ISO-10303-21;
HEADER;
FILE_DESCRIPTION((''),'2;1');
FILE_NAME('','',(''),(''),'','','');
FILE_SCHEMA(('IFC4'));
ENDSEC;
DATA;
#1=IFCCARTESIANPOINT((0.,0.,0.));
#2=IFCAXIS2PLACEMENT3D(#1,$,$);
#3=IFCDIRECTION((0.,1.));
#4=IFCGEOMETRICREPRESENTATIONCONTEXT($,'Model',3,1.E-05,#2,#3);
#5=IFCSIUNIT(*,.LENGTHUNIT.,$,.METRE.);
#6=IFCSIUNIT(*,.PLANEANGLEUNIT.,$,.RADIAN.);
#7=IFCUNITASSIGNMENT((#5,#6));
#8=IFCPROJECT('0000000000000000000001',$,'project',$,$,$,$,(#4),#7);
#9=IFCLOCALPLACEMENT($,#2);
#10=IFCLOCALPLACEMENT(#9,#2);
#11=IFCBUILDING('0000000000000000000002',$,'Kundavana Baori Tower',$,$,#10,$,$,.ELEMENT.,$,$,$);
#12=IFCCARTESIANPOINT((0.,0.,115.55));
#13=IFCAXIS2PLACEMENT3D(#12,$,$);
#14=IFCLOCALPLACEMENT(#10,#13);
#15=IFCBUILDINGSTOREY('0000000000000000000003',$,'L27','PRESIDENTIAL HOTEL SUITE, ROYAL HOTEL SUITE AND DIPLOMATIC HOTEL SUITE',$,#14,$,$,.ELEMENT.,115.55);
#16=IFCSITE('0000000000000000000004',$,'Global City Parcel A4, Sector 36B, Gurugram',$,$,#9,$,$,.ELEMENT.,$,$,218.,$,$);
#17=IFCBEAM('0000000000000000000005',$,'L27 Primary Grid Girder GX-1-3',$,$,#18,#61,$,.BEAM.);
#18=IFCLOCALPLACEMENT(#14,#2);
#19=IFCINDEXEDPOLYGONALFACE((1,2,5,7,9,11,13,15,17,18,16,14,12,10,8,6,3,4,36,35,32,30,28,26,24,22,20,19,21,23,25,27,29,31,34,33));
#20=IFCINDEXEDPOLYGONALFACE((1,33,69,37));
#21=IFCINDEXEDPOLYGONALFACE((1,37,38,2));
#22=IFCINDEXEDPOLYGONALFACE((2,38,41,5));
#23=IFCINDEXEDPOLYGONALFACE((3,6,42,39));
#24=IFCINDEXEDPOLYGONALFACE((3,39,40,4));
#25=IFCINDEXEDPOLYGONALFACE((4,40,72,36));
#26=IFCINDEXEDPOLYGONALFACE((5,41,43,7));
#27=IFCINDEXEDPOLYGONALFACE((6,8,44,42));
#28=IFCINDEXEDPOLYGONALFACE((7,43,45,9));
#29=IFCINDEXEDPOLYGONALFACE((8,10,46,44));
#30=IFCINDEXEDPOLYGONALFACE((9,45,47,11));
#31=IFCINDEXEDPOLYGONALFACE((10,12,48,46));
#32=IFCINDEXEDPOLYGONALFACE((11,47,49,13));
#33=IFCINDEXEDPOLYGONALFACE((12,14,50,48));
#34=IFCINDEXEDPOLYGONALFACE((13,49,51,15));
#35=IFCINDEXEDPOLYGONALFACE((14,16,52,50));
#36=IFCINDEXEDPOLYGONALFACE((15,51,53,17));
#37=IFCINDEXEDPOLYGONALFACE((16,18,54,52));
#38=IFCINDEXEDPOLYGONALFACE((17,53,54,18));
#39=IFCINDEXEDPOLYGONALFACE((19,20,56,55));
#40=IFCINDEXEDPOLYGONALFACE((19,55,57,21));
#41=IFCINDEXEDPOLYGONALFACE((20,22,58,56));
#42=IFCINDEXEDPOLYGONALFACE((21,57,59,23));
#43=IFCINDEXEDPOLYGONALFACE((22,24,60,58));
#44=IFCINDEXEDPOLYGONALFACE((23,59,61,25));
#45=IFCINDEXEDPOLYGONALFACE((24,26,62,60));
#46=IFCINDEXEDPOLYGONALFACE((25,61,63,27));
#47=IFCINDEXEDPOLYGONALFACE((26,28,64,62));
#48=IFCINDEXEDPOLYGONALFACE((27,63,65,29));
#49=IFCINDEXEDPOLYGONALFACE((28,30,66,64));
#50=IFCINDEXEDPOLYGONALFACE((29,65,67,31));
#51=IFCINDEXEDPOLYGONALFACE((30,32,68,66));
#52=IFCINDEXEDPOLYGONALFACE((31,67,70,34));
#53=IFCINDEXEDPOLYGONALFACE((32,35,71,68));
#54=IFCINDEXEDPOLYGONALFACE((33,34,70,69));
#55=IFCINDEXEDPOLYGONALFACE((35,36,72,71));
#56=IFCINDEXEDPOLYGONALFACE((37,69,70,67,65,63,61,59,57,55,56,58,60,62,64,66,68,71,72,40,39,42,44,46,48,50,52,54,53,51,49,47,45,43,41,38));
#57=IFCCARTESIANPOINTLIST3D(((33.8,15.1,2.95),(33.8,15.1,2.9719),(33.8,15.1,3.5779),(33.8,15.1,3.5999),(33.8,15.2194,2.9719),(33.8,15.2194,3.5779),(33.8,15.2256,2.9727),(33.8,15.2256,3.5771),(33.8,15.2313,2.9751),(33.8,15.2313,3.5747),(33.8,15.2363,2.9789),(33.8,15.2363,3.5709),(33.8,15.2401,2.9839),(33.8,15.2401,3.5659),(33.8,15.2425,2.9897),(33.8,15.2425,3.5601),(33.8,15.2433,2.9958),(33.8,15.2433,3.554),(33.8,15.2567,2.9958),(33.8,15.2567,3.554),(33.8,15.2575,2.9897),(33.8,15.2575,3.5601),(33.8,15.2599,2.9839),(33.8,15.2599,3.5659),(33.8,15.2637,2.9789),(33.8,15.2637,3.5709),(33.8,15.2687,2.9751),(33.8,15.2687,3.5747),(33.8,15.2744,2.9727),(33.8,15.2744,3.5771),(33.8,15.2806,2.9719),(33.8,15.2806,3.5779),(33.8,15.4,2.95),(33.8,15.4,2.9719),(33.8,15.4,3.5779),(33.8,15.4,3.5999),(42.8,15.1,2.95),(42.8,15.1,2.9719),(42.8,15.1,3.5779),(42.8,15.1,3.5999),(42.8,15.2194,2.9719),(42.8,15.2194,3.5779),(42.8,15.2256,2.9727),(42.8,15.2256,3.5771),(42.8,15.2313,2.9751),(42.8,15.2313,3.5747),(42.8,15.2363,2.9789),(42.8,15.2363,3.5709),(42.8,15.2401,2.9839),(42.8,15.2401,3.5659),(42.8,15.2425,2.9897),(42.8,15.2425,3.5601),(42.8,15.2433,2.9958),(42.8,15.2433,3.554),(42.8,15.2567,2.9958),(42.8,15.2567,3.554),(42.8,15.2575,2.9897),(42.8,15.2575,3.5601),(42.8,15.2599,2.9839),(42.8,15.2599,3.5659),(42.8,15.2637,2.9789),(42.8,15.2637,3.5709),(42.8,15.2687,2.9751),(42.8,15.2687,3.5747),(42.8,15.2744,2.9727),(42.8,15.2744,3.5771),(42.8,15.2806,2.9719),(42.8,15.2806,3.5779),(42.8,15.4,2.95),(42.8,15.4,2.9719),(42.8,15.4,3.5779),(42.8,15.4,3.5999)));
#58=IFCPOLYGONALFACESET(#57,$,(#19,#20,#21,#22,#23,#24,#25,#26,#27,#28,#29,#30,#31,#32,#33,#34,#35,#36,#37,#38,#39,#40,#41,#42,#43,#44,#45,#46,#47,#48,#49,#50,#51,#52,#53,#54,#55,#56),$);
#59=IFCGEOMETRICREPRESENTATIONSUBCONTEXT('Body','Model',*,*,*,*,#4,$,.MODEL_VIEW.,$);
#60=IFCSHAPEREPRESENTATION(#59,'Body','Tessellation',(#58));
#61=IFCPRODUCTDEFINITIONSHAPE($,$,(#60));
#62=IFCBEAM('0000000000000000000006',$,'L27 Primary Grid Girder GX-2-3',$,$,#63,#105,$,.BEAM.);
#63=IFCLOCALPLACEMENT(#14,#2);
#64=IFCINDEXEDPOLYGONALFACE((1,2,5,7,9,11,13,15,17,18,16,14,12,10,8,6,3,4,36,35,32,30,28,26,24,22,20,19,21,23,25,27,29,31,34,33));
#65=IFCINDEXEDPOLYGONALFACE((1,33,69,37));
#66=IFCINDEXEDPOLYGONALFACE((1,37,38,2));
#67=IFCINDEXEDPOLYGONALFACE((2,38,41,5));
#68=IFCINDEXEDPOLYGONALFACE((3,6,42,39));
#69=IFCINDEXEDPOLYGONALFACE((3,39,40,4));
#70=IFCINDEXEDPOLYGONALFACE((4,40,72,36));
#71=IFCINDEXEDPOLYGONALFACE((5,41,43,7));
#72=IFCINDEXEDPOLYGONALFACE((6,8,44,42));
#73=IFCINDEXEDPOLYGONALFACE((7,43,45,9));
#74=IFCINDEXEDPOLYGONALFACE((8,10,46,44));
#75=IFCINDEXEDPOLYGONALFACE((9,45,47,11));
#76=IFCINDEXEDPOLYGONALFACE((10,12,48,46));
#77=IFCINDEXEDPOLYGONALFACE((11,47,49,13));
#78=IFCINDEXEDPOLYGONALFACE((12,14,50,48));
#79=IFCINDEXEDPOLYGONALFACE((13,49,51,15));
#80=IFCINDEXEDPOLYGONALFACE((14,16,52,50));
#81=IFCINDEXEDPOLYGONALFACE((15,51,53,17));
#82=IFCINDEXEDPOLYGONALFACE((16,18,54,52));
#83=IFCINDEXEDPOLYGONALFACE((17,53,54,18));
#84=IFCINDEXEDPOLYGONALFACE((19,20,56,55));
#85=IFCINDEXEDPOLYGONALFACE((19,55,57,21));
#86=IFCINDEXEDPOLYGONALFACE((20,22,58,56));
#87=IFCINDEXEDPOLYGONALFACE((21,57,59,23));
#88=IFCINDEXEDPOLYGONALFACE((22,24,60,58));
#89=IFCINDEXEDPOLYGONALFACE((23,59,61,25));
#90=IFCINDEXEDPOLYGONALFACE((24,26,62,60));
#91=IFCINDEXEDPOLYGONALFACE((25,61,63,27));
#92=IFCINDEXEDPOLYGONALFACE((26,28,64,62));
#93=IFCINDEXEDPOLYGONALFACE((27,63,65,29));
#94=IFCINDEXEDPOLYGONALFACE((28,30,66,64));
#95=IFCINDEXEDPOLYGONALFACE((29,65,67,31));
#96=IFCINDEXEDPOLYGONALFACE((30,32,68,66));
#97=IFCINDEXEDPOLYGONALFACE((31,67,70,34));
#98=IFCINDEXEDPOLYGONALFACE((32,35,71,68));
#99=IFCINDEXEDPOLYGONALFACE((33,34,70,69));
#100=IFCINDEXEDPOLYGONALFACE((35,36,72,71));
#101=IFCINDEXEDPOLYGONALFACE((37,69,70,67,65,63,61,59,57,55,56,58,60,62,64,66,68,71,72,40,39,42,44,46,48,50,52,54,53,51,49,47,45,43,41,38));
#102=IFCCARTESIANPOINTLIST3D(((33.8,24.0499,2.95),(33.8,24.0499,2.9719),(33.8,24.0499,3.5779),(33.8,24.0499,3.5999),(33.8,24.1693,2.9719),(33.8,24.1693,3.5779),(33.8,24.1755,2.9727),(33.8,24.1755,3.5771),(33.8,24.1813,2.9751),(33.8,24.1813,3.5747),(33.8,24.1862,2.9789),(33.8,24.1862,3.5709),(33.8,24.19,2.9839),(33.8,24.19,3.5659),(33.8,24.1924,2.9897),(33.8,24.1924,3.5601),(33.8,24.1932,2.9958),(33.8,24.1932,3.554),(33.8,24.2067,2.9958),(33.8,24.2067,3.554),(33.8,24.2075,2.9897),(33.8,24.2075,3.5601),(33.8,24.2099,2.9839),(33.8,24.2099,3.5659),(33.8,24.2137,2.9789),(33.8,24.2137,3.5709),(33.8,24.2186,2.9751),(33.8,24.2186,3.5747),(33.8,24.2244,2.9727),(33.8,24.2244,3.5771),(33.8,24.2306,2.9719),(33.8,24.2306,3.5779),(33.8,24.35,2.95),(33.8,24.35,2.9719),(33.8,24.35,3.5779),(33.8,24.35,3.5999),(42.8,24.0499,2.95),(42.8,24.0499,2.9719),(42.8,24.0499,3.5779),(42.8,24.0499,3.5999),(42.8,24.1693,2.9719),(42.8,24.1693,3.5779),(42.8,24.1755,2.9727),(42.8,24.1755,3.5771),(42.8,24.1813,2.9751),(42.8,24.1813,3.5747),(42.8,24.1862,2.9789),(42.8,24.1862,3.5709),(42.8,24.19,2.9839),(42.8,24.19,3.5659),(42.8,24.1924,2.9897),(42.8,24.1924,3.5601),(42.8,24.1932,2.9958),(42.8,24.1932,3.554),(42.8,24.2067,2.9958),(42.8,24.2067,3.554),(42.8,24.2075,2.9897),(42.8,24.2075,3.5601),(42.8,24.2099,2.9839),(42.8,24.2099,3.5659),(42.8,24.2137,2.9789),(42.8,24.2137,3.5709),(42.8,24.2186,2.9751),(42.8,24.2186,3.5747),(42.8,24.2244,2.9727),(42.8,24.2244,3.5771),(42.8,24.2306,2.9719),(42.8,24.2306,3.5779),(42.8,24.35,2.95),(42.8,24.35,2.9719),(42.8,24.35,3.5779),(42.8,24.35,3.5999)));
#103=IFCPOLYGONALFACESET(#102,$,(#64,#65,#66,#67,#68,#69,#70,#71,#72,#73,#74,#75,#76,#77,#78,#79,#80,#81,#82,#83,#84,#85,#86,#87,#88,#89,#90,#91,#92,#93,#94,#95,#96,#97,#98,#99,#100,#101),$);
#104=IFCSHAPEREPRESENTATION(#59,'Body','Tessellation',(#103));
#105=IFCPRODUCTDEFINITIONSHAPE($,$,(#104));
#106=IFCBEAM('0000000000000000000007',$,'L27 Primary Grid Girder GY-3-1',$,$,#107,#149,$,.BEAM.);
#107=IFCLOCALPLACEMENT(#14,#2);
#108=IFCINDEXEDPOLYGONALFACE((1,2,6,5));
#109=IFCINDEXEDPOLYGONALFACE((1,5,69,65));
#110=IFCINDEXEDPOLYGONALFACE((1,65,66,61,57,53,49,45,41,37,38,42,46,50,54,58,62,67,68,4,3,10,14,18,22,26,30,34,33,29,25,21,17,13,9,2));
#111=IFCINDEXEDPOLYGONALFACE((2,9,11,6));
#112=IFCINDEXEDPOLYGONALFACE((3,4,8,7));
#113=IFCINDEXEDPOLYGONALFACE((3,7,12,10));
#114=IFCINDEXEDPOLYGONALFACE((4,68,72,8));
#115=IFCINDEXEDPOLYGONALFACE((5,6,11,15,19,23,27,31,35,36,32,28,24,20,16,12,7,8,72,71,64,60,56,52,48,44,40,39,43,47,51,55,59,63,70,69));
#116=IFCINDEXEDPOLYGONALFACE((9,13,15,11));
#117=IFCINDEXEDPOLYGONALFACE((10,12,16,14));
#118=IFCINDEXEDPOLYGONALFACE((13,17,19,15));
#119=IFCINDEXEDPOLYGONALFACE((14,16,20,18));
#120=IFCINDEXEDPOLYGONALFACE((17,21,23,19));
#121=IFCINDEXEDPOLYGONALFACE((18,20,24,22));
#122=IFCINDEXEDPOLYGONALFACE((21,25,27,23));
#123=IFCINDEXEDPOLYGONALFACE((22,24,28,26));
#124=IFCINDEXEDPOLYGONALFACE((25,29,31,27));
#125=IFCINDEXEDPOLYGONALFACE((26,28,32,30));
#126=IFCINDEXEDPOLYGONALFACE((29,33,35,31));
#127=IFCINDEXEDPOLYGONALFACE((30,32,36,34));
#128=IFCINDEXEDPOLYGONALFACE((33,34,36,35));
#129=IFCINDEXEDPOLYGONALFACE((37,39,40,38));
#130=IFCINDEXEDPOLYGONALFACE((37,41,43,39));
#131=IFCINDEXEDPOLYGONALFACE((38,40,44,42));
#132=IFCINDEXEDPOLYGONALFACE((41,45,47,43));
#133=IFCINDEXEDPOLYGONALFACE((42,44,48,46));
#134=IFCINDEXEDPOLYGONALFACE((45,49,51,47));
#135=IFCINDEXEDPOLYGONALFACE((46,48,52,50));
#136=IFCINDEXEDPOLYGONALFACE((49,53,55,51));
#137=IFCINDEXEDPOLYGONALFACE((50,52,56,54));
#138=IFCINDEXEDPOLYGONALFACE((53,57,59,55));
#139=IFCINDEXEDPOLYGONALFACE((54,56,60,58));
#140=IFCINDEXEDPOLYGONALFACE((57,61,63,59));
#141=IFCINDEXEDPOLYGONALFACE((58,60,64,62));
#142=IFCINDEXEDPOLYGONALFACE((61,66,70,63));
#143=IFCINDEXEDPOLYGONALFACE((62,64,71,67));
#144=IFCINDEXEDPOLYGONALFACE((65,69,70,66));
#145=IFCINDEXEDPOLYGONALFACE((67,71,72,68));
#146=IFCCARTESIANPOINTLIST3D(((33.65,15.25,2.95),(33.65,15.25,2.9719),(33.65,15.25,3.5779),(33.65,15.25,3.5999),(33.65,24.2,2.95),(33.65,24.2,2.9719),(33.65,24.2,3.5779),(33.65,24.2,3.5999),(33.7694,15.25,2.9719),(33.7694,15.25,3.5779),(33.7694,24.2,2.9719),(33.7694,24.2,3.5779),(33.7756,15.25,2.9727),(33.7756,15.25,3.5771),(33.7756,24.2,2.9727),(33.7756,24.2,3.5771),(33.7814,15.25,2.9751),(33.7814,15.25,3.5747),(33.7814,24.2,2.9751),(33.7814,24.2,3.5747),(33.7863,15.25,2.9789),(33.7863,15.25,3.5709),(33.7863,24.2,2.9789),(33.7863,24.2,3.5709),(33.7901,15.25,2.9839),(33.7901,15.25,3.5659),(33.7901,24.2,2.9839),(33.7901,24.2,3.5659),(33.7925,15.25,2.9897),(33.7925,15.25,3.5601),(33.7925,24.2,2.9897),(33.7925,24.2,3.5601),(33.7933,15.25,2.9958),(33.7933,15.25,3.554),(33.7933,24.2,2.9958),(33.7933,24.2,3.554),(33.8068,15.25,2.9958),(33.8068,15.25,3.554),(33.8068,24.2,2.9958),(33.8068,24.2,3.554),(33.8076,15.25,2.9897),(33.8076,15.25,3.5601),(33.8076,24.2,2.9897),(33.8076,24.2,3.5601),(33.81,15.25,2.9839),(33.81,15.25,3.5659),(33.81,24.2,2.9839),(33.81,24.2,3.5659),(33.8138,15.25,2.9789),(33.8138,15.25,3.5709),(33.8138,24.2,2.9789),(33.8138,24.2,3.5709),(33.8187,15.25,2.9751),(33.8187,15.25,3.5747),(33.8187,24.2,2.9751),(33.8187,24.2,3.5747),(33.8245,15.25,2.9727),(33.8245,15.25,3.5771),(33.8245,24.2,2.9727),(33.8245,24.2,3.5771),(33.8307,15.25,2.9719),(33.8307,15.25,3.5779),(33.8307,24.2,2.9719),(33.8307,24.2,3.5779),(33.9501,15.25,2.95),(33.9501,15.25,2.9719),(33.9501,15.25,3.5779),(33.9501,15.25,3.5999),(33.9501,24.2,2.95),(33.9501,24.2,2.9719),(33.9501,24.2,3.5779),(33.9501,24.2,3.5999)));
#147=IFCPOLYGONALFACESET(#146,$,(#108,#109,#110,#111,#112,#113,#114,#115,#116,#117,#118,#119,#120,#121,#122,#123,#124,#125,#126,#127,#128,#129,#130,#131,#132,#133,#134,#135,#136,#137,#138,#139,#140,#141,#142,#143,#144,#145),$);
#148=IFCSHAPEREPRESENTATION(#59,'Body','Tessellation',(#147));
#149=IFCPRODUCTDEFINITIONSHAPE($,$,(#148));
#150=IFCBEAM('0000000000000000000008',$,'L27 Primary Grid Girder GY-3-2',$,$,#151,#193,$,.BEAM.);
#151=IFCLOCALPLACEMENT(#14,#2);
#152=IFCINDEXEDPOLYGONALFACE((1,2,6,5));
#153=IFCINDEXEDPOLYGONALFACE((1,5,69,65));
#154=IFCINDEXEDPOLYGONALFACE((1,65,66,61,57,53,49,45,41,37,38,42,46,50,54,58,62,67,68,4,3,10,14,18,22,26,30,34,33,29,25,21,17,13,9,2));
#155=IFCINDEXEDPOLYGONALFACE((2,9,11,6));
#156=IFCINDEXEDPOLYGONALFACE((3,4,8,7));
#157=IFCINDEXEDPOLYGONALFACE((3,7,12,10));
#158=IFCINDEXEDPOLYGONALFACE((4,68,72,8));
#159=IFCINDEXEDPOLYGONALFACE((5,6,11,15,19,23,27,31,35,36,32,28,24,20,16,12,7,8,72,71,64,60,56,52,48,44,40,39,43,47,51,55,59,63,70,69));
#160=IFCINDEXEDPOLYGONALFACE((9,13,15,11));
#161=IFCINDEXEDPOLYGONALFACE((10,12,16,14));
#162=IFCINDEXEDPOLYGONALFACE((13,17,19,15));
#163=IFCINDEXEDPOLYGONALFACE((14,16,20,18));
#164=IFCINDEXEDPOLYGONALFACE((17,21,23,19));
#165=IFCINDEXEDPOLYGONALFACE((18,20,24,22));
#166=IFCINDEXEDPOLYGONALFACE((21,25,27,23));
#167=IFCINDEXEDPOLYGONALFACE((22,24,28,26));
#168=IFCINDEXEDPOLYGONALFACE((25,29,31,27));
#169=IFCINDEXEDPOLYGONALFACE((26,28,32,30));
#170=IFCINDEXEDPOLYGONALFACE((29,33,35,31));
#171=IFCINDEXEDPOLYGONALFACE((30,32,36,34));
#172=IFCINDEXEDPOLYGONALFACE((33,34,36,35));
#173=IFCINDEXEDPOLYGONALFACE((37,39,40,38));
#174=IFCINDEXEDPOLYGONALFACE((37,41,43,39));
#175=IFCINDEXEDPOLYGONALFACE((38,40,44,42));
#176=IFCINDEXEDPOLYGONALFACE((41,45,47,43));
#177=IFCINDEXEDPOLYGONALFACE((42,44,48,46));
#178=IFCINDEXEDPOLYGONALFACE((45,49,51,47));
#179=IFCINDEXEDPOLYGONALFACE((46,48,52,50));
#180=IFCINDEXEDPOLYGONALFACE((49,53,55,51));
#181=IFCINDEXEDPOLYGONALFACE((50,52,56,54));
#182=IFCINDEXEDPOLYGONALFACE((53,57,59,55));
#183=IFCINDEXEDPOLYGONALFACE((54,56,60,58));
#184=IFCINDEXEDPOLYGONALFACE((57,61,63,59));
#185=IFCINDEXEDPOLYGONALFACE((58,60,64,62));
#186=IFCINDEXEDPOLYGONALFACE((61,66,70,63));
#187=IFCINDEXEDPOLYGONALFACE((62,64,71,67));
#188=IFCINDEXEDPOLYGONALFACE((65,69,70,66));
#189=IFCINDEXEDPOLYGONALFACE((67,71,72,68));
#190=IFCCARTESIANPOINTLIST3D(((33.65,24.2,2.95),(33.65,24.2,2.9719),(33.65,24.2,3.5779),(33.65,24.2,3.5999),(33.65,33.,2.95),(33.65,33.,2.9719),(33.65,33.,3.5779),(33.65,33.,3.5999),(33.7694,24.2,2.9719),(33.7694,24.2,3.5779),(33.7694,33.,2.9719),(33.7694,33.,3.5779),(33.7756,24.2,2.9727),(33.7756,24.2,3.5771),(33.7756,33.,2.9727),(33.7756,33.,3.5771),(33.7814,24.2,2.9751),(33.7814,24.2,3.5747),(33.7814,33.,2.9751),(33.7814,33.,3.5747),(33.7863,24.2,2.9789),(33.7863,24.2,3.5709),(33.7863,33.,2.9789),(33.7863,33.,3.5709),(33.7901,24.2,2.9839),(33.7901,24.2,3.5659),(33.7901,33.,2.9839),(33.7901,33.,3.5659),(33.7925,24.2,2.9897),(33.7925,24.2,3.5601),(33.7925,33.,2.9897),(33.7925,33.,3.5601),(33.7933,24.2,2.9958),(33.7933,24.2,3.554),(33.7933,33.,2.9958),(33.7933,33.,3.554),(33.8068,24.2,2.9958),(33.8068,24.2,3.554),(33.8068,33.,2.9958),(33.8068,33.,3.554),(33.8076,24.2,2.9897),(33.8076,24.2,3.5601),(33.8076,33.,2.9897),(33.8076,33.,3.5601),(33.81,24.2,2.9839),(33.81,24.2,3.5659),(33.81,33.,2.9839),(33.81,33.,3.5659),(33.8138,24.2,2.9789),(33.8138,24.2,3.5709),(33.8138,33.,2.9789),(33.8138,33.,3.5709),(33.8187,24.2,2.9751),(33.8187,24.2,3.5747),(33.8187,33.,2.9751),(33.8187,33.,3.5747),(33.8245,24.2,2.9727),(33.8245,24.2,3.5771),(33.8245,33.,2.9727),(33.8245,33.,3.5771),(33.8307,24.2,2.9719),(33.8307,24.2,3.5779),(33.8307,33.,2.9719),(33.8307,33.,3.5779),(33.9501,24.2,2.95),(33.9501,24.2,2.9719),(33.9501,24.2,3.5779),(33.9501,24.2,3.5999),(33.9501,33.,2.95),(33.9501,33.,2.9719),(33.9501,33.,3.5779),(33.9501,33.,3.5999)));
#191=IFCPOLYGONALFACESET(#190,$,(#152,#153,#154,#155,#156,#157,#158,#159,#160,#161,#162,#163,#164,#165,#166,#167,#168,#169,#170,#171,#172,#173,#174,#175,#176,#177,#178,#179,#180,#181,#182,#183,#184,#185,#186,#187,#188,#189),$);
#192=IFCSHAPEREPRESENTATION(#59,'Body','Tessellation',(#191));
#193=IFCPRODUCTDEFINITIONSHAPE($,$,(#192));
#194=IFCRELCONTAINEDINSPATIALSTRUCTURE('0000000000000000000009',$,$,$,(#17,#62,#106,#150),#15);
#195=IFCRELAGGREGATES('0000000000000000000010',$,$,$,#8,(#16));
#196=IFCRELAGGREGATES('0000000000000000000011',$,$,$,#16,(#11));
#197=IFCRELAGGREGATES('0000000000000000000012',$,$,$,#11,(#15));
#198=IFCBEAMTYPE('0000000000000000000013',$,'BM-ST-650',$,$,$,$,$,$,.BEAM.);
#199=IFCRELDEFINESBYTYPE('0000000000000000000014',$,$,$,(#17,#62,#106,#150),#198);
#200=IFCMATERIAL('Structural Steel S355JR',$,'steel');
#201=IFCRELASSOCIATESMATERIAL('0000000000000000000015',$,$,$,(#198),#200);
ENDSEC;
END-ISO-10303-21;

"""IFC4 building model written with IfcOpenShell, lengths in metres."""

from ifc_helpers import new_model, si_unit, direction, frame, origin, origin_2d, place, context, subcontext, project, spatial, i_section, extrude, material, material_profile, profile_set, type_object, element, save


model = new_model("IFC4")

# Units and contexts
model_context = context("Model", 3, precision=1e-05, world=origin(), true_north=direction((0.0, 1.0)))
body_context = subcontext(model_context, "Body", "Model", "MODEL_VIEW")
ifc_project = project(units=[si_unit("LENGTHUNIT", "METRE"), si_unit("PLANEANGLEUNIT", "RADIAN")], contexts=[model_context])

# Site, building, storey
site_placement = place(None, origin())
site = spatial("IfcSite", under=ifc_project, at=site_placement, Name="Global City Parcel A4, Sector 36B, Gurugram", CompositionType="ELEMENT", RefElevation=218.0)
building_placement = place(site_placement, origin())
building = spatial("IfcBuilding", under=site, at=building_placement, Name="Kundavana Baori Tower", CompositionType="ELEMENT")
storey_placement = place(building_placement, frame((0.0, 0.0, 115.55)))
storey = spatial("IfcBuildingStorey", under=building, at=storey_placement, Name="L27", Description="PRESIDENTIAL HOTEL SUITE, ROYAL HOTEL SUITE AND DIPLOMATIC HOTEL SUITE", CompositionType="ELEMENT", Elevation=115.55)

# Beams
ifc_material_1 = material(Name="Structural Steel S355JR", Category="steel")
ifc_material_profile_1 = material_profile(ifc_material_1, i_section(OverallWidth=0.3, OverallDepth=0.6499, WebThickness=0.0134, FlangeThickness=0.022, FilletRadius=0.0239, at=origin_2d()), Name="NPB 650x300x155")
ifc_profile_set_1 = profile_set([ifc_material_profile_1], Name="Structural Steel S355JR")
beam_type_1 = type_object("IfcBeamType", Name="BM-ST-650", PredefinedType="BEAM", material=ifc_profile_set_1)
for number, where, z_axis, x_axis, name in (
    (1, (33.8, 15.25, 3.2749), (1.0, 0.0, 0.0), (0.0, 1.0, 0.0), "L27 Primary Grid Girder GX-1-3"),
    (2, (33.8, 24.2, 3.2749), (1.0, 0.0, 0.0), (0.0, 1.0, 0.0), "L27 Primary Grid Girder GX-2-3"),
):
    element("IfcBeam", number, at=place(storey_placement, frame(where, z_axis=z_axis, x_axis=x_axis)), inside=storey, type_object=beam_type_1, Name=name, PredefinedType="BEAM", context=body_context, shape_type="SweptSolid", body=[
        extrude(i_section(OverallWidth=0.3, OverallDepth=0.6499, WebThickness=0.0134, FlangeThickness=0.022, FilletRadius=0.0239, at=origin_2d()), origin(), (0.0, 0.0, 1.0), 9.0),
    ])
beam_1_placement = place(storey_placement, frame((33.8, 15.25, 3.2749), z_axis=(0.0, 1.0, 0.0), x_axis=(-1.0, 0.0, 0.0)))
element("IfcBeam", 3, at=beam_1_placement, inside=storey, type_object=beam_type_1, Name="L27 Primary Grid Girder GY-3-1", PredefinedType="BEAM", context=body_context, shape_type="SweptSolid", body=[
    extrude(i_section(OverallWidth=0.3, OverallDepth=0.6499, WebThickness=0.0134, FlangeThickness=0.022, FilletRadius=0.0239, at=origin_2d()), origin(), (0.0, 0.0, 1.0), 8.95),
])
beam_2_placement = place(storey_placement, frame((33.8, 24.2, 3.2749), z_axis=(0.0, 1.0, 0.0), x_axis=(-1.0, 0.0, 0.0)))
element("IfcBeam", 4, at=beam_2_placement, inside=storey, type_object=beam_type_1, Name="L27 Primary Grid Girder GY-3-2", PredefinedType="BEAM", context=body_context, shape_type="SweptSolid", body=[
    extrude(i_section(OverallWidth=0.3, OverallDepth=0.6499, WebThickness=0.0134, FlangeThickness=0.022, FilletRadius=0.0239, at=origin_2d()), origin(), (0.0, 0.0, 1.0), 8.8),
])

save(model, "model.ifc")
